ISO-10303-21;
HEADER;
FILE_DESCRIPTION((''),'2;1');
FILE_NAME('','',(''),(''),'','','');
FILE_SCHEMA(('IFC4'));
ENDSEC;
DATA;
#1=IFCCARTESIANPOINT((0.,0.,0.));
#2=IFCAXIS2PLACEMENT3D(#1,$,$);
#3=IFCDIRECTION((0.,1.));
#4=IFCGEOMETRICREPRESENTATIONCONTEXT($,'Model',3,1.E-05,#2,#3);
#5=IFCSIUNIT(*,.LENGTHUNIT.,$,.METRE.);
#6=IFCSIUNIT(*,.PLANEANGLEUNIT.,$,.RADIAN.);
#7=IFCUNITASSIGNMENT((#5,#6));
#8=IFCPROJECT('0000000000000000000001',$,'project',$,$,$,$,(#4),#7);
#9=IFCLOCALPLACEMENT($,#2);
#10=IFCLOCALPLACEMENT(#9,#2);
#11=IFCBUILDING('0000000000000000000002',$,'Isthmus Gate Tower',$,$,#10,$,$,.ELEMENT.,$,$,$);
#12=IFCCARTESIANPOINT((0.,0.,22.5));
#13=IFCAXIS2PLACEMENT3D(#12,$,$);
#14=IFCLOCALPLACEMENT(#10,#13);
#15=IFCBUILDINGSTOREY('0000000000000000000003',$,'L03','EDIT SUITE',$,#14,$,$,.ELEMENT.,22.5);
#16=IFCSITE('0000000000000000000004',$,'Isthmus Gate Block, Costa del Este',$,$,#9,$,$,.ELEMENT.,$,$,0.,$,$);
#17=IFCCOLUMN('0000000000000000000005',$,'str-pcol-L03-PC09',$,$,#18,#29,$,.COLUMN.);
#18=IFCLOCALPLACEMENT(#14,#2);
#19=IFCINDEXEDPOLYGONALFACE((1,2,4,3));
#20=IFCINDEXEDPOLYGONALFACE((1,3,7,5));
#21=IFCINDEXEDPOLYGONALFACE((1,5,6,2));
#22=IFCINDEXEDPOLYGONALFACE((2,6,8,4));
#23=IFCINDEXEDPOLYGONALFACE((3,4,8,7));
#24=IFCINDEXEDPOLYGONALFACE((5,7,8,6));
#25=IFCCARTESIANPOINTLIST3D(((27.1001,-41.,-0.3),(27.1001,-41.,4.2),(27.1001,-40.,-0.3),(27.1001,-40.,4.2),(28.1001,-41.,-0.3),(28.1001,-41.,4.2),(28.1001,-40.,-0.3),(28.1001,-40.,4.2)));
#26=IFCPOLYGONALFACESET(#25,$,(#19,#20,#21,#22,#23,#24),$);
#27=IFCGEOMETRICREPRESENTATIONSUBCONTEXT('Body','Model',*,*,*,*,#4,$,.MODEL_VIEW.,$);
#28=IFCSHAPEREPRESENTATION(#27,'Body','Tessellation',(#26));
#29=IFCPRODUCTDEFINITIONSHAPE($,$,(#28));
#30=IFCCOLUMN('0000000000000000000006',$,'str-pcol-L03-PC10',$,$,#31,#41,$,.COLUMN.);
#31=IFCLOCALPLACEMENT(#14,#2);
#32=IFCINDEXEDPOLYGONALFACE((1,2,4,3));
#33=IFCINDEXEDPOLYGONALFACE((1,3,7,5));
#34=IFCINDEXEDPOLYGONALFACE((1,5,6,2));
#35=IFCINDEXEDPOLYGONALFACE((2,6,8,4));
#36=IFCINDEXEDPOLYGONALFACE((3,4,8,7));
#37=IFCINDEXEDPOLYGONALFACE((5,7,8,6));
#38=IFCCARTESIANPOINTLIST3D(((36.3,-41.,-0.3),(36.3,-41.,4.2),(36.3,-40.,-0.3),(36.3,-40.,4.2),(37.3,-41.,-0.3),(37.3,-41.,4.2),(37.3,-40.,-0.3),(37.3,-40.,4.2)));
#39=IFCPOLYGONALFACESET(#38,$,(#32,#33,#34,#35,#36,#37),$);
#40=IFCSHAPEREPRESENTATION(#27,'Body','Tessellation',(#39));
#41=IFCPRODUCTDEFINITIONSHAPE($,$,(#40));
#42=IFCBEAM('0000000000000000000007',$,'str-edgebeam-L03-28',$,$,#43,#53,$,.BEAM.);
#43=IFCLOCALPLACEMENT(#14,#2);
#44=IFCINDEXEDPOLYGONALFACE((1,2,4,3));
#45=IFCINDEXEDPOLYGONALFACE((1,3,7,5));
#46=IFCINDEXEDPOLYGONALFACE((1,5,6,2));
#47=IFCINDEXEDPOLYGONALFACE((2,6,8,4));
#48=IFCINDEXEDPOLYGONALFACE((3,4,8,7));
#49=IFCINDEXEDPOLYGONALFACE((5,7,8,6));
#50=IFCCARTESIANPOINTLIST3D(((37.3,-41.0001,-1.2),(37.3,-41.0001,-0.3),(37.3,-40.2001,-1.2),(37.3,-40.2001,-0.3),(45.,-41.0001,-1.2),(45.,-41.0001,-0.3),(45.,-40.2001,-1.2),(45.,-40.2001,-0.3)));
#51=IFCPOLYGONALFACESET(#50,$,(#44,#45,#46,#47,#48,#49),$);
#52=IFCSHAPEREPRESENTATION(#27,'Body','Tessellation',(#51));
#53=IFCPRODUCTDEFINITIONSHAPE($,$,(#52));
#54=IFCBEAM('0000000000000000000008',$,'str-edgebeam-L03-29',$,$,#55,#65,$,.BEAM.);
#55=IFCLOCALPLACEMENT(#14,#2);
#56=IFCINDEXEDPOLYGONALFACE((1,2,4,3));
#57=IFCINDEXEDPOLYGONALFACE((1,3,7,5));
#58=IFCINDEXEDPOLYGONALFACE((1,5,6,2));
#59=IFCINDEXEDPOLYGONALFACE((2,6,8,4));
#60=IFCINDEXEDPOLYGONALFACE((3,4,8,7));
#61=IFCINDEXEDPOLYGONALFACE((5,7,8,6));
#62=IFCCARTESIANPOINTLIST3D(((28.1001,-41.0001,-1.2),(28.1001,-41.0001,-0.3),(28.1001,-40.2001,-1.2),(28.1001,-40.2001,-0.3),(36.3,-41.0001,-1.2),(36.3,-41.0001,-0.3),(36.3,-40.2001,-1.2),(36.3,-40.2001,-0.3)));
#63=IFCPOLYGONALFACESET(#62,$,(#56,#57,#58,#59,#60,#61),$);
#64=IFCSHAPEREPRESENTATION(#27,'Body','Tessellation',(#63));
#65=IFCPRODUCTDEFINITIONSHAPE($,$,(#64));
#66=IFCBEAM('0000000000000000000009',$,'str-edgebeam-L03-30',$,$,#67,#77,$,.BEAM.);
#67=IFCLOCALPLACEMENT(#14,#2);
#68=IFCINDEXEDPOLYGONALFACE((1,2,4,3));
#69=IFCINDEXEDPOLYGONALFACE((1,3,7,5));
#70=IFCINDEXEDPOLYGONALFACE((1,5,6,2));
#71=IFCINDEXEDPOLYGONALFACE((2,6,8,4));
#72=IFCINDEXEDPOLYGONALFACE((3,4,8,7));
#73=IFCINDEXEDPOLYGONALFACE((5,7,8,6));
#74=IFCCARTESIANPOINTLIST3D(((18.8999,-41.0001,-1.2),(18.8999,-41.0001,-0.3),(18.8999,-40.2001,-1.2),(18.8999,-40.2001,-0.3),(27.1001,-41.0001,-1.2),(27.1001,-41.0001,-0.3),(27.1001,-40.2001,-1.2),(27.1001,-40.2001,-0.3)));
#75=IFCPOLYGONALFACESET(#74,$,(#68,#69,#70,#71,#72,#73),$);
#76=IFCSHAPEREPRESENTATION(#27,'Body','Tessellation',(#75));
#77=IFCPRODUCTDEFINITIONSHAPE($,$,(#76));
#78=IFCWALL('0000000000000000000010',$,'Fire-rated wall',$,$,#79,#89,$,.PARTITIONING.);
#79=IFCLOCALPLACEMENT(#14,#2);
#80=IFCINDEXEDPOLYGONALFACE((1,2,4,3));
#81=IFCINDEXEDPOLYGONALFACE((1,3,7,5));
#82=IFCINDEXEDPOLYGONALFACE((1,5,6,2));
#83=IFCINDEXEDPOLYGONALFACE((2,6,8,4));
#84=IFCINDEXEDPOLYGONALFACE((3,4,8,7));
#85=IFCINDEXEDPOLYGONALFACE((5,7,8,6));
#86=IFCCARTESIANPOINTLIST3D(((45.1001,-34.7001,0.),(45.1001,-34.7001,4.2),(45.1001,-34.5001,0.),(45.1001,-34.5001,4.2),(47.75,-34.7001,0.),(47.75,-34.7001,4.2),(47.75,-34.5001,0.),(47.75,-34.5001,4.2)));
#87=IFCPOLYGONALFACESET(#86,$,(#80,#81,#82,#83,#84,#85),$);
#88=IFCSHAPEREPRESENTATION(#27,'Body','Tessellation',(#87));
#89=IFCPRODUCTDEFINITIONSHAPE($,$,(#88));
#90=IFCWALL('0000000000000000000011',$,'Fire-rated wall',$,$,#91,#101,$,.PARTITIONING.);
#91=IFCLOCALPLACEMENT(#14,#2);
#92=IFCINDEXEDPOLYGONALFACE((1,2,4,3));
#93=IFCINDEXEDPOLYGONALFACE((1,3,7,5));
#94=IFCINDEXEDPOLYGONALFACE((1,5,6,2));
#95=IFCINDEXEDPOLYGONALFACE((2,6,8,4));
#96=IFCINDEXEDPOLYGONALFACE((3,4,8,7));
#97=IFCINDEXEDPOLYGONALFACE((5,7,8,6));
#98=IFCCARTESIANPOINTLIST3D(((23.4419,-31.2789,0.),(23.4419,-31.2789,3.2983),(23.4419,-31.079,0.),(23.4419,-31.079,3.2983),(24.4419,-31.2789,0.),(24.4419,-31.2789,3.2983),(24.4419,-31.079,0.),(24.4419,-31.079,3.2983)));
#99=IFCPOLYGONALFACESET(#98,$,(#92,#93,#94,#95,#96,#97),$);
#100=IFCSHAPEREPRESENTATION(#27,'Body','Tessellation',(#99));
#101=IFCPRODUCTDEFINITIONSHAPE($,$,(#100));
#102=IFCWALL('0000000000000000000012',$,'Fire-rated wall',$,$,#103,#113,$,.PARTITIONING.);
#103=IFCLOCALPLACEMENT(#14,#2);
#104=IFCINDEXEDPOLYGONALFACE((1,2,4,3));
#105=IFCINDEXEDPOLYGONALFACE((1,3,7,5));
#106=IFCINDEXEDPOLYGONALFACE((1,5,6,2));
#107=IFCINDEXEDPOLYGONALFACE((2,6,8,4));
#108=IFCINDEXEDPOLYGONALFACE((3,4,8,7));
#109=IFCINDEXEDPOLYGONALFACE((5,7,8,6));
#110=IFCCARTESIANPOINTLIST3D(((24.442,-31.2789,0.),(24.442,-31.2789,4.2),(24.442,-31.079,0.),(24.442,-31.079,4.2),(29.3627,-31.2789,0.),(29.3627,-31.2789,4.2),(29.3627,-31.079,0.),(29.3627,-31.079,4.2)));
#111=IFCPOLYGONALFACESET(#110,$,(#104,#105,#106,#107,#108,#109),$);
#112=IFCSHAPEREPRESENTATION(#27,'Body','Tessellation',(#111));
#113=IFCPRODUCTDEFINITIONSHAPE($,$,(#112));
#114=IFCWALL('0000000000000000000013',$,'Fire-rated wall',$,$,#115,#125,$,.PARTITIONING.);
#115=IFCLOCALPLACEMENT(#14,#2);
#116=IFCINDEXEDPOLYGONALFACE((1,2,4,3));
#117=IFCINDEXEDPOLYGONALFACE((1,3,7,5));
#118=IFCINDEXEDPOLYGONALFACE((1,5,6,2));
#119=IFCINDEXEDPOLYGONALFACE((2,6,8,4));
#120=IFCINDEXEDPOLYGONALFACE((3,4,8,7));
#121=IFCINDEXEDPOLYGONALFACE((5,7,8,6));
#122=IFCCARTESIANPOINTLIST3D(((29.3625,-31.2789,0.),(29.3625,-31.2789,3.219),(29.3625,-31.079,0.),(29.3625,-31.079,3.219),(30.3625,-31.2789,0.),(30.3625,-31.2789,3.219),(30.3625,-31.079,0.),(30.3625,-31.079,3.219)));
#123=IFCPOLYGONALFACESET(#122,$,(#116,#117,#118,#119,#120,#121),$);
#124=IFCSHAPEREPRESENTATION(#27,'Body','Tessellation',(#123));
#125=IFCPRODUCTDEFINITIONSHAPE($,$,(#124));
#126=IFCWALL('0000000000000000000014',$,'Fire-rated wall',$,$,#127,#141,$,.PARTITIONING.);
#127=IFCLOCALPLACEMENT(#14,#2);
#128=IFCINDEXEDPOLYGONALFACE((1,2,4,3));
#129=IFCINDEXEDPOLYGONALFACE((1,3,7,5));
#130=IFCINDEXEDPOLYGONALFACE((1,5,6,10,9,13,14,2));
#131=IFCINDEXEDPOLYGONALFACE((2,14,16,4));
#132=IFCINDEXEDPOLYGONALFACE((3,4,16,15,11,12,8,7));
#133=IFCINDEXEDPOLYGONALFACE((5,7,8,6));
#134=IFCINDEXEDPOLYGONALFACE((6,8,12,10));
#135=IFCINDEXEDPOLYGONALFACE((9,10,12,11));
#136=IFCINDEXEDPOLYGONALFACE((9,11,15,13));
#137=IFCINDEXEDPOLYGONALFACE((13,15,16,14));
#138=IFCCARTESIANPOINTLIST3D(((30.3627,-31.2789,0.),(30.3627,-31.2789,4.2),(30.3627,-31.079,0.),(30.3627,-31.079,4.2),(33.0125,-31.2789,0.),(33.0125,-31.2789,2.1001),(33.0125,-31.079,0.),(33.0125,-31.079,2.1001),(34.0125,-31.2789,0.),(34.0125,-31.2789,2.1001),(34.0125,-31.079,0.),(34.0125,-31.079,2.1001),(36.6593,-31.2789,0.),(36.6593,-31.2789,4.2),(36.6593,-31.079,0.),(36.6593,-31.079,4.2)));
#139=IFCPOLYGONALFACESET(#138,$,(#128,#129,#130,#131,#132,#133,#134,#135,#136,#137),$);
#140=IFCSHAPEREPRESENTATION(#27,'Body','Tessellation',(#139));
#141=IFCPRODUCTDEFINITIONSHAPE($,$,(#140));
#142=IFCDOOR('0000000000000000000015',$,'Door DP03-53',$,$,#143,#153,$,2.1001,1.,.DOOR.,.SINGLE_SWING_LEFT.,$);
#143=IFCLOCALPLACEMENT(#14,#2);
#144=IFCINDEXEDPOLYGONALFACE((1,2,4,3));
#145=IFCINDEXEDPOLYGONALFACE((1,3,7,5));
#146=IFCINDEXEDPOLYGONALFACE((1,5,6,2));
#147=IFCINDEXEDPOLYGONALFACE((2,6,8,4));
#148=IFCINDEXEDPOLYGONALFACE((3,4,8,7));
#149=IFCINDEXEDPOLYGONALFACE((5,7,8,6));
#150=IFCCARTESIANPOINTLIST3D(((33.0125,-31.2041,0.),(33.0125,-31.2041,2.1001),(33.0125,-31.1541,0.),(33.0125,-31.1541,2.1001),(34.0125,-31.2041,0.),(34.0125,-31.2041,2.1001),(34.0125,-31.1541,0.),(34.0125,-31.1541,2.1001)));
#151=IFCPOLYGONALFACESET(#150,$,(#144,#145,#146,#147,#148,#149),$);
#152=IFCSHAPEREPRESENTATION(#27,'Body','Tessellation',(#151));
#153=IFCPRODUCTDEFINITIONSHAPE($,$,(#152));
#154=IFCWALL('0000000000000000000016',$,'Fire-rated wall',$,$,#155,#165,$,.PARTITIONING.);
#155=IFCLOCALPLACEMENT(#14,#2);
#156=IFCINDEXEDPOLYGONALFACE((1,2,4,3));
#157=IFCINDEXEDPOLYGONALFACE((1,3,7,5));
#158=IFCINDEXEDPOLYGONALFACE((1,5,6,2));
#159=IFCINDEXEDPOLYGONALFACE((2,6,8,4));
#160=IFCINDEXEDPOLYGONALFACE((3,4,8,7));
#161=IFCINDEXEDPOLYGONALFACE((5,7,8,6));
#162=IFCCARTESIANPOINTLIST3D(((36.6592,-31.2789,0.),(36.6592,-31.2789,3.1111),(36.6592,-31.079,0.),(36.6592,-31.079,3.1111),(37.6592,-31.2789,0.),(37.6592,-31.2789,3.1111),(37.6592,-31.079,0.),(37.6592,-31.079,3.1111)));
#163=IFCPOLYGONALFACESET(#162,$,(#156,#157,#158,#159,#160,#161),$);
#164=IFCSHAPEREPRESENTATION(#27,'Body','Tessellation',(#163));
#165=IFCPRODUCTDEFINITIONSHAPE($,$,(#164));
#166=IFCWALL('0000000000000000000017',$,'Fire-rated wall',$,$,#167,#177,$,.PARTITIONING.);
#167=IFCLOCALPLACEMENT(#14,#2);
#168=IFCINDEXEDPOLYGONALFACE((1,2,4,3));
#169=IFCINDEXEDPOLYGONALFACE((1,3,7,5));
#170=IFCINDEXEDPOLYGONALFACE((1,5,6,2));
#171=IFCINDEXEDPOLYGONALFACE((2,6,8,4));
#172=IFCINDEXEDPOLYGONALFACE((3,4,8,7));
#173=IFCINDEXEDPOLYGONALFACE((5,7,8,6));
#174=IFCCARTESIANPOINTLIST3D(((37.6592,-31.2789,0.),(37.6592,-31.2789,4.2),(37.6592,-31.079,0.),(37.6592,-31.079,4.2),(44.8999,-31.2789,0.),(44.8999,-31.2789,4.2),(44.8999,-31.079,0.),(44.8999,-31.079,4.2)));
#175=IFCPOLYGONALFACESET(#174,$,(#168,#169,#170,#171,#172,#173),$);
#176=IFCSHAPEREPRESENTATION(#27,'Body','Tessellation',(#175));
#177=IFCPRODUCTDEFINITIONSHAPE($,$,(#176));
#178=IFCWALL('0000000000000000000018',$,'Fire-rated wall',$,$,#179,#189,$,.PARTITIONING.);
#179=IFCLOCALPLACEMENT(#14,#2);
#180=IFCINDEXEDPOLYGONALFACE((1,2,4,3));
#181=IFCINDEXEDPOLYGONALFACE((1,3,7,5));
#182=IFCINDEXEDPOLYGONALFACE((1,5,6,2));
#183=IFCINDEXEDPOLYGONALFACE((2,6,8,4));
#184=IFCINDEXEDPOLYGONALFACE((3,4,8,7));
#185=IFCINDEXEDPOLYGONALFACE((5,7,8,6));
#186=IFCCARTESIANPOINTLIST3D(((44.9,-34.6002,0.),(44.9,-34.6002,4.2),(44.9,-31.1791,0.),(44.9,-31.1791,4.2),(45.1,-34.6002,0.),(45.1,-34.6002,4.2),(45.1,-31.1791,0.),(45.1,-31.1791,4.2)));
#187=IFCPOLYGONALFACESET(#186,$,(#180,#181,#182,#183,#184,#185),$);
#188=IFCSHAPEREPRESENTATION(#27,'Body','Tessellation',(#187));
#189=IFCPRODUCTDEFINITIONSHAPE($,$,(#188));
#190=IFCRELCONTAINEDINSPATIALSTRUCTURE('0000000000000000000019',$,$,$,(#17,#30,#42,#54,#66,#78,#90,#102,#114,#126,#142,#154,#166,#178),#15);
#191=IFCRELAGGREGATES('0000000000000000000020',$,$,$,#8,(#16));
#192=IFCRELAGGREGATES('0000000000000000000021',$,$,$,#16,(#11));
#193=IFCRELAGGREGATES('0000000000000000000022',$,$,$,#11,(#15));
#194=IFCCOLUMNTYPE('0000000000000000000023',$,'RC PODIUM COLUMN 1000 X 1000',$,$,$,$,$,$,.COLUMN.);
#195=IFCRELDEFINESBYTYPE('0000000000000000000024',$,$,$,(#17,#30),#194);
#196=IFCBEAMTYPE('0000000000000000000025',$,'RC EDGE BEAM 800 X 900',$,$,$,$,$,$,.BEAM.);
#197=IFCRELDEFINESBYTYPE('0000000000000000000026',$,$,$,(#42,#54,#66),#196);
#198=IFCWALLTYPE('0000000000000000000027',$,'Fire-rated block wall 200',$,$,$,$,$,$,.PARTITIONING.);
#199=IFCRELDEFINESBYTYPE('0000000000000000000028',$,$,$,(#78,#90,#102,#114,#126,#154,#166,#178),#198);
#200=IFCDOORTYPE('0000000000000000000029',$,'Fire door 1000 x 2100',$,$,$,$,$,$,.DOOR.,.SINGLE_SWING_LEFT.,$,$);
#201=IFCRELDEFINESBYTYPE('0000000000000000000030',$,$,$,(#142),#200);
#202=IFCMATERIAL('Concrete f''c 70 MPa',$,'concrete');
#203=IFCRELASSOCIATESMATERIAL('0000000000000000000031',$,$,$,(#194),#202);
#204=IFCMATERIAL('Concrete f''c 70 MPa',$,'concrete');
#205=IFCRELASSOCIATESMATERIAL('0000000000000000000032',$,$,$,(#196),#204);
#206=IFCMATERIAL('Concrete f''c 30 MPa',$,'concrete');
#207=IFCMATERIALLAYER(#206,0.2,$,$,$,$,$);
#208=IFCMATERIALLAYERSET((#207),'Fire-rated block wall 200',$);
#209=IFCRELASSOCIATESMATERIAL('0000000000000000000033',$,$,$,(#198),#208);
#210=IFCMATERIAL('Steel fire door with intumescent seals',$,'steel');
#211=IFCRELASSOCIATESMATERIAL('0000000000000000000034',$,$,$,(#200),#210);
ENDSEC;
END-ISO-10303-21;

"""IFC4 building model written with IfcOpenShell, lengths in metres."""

from ifc_helpers import new_model, si_unit, direction, frame, frame_2d, origin, origin_2d, place, context, subcontext, project, spatial, rectangle, extrude, material, layer, layer_set, material_profile, profile_set, type_object, element, fill, save


model = new_model("IFC4")

# Units and contexts
model_context = context("Model", 3, precision=1e-05, world=origin(), true_north=direction((0.0, 1.0)))
body_context = subcontext(model_context, "Body", "Model", "MODEL_VIEW")
ifc_project = project(units=[si_unit("LENGTHUNIT", "METRE"), si_unit("PLANEANGLEUNIT", "RADIAN")], contexts=[model_context])

# Site, building, storey
site_placement = place(None, origin())
site = spatial("IfcSite", under=ifc_project, at=site_placement, Name="Isthmus Gate Block, Costa del Este", CompositionType="ELEMENT", RefElevation=0.0)
building_placement = place(site_placement, origin())
building = spatial("IfcBuilding", under=site, at=building_placement, Name="Isthmus Gate Tower", CompositionType="ELEMENT")
storey_placement = place(building_placement, frame((0.0, 0.0, 22.5)))
storey = spatial("IfcBuildingStorey", under=building, at=storey_placement, Name="L03", Description="EDIT SUITE", CompositionType="ELEMENT", Elevation=22.5)

# Columns
ifc_material_1 = material(Name="Concrete f'c 70 MPa", Category="concrete")
ifc_material_profile_1 = material_profile(ifc_material_1, rectangle(XDim=1.0, YDim=1.0, at=origin_2d()), Name="RC 1000X1000")
ifc_profile_set_1 = profile_set([ifc_material_profile_1], Name="Concrete f'c 70 MPa")
column_type = type_object("IfcColumnType", Name="RC PODIUM COLUMN 1000 X 1000", PredefinedType="COLUMN", material=ifc_profile_set_1)
for number, where, z_axis, x_axis, name in (
    (1, (27.6001, -40.5, -0.3), (0.0, 0.0, 1.0), (1.0, 0.0, 0.0), "str-pcol-L03-PC09"),
    (2, (36.8, -40.5, -0.3), (0.0, 0.0, 1.0), (1.0, 0.0, 0.0), "str-pcol-L03-PC10"),
):
    element("IfcColumn", number, at=place(storey_placement, frame(where, z_axis=z_axis, x_axis=x_axis)), inside=storey, type_object=column_type, Name=name, PredefinedType="COLUMN", context=body_context, shape_type="SweptSolid", body=[
        extrude(rectangle(XDim=1.0, YDim=1.0, at=origin_2d()), origin(), (0.0, 0.0, 1.0), 4.5),
    ])

# Beams
ifc_material_2 = material(Name="Concrete f'c 70 MPa", Category="concrete")
ifc_material_profile_2 = material_profile(ifc_material_2, rectangle(XDim=0.8, YDim=0.8999, at=origin_2d()), Name="RC 800X900")
ifc_profile_set_2 = profile_set([ifc_material_profile_2], Name="Concrete f'c 70 MPa")
beam_type = type_object("IfcBeamType", Name="RC EDGE BEAM 800 X 900", PredefinedType="BEAM", material=ifc_profile_set_2)
beam_1_placement = place(storey_placement, frame((45.0, -40.6001, -0.75), z_axis=(-1.0, 0.0, 0.0), x_axis=(0.0, -1.0, 0.0)))
element("IfcBeam", 3, at=beam_1_placement, inside=storey, type_object=beam_type, Name="str-edgebeam-L03-28", PredefinedType="BEAM", context=body_context, shape_type="SweptSolid", body=[
    extrude(rectangle(XDim=0.8, YDim=0.8999, at=origin_2d()), origin(), (0.0, 0.0, 1.0), 7.7),
])
beam_2_placement = place(storey_placement, frame((36.3, -40.6001, -0.75), z_axis=(-1.0, 0.0, 0.0), x_axis=(0.0, -1.0, 0.0)))
element("IfcBeam", 4, at=beam_2_placement, inside=storey, type_object=beam_type, Name="str-edgebeam-L03-29", PredefinedType="BEAM", context=body_context, shape_type="SweptSolid", body=[
    extrude(rectangle(XDim=0.8, YDim=0.8999, at=origin_2d()), origin(), (0.0, 0.0, 1.0), 8.2),
])
beam_3_placement = place(storey_placement, frame((27.1001, -40.6001, -0.75), z_axis=(-1.0, 0.0, 0.0), x_axis=(0.0, -1.0, 0.0)))
element("IfcBeam", 5, at=beam_3_placement, inside=storey, type_object=beam_type, Name="str-edgebeam-L03-30", PredefinedType="BEAM", context=body_context, shape_type="SweptSolid", body=[
    extrude(rectangle(XDim=0.8, YDim=0.8999, at=origin_2d()), origin(), (0.0, 0.0, 1.0), 8.2002),
])

# Walls
ifc_material_3 = material(Name="Concrete f'c 30 MPa", Category="concrete")
ifc_layer_1 = layer(ifc_material_3, 0.2)
ifc_layer_set_1 = layer_set([ifc_layer_1], Name="Fire-rated block wall 200")
wall_type_1 = type_object("IfcWallType", Name="Fire-rated block wall 200", PredefinedType="PARTITIONING", material=ifc_layer_set_1)
wall_1_placement = place(storey_placement, frame((45.1001, -34.6001, 0.0), z_axis=(0.0, 0.0, 1.0), x_axis=(1.0, 0.0, 0.0)))
element("IfcWall", 6, at=wall_1_placement, inside=storey, type_object=wall_type_1, Name="Fire-rated wall", PredefinedType="PARTITIONING", context=body_context, shape_type="SweptSolid", body=[
    extrude(rectangle(XDim=2.6499, YDim=0.2, at=frame_2d((1.325, 0.0))), origin(), (0.0, 0.0, 1.0), 4.2),
])
wall_2_placement = place(storey_placement, frame((23.4419, -31.179, 0.0), z_axis=(0.0, 0.0, 1.0), x_axis=(1.0, 0.0, 0.0)))
element("IfcWall", 7, at=wall_2_placement, inside=storey, type_object=wall_type_1, Name="Fire-rated wall", PredefinedType="PARTITIONING", context=body_context, shape_type="SweptSolid", body=[
    extrude(rectangle(XDim=1.0, YDim=0.2, at=frame_2d((0.5, 0.0))), origin(), (0.0, 0.0, 1.0), 3.2983),
])
wall_3_placement = place(storey_placement, frame((24.4419, -31.179, 0.0), z_axis=(0.0, 0.0, 1.0), x_axis=(1.0, 0.0, 0.0)))
element("IfcWall", 8, at=wall_3_placement, inside=storey, type_object=wall_type_1, Name="Fire-rated wall", PredefinedType="PARTITIONING", context=body_context, shape_type="SweptSolid", body=[
    extrude(rectangle(XDim=4.9207, YDim=0.2, at=frame_2d((2.4604, 0.0))), origin(), (0.0, 0.0, 1.0), 4.2),
])
wall_4_placement = place(storey_placement, frame((29.3625, -31.179, 0.0), z_axis=(0.0, 0.0, 1.0), x_axis=(1.0, 0.0, 0.0)))
element("IfcWall", 9, at=wall_4_placement, inside=storey, type_object=wall_type_1, Name="Fire-rated wall", PredefinedType="PARTITIONING", context=body_context, shape_type="SweptSolid", body=[
    extrude(rectangle(XDim=1.0, YDim=0.2, at=frame_2d((0.5, 0.0))), origin(), (0.0, 0.0, 1.0), 3.219),
])

# Wall, opening, door
wall_5_placement = place(storey_placement, frame((30.3625, -31.179, 0.0), z_axis=(0.0, 0.0, 1.0), x_axis=(1.0, 0.0, 0.0)))
wall_5 = element("IfcWall", 10, at=wall_5_placement, inside=storey, type_object=wall_type_1, Name="Fire-rated wall", PredefinedType="PARTITIONING", context=body_context, shape_type="SweptSolid", body=[
    extrude(rectangle(XDim=6.2966, YDim=0.2, at=frame_2d((3.1484, 0.0))), origin(), (0.0, 0.0, 1.0), 4.2),
])
opening_1_placement = place(wall_5_placement, frame((2.6499, 0.0, 0.0)))
opening_1 = element("IfcOpeningElement", 11, at=opening_1_placement, cuts=wall_5, PredefinedType="OPENING", context=body_context, shape_type="SweptSolid", body=[
    extrude(rectangle(XDim=1.0, YDim=2.1001, at=frame_2d((0.5, 1.05))), frame((0.0, 0.1099, 0.0), z_axis=(0.0, -1.0, 0.0), x_axis=(1.0, 0.0, 0.0)), (0.0, 0.0, 1.0), 0.22),
])
ifc_material_4 = material(Name="Steel fire door with intumescent seals", Category="steel")
door_type_1 = type_object("IfcDoorType", Name="Fire door 1000 x 2100", OperationType="SINGLE_SWING_LEFT", PredefinedType="DOOR", material=ifc_material_4)
door_1_placement = place(opening_1_placement, origin())
door_1 = element("IfcDoor", 12, at=door_1_placement, inside=storey, type_object=door_type_1, Name="Door DP03-53", OperationType="SINGLE_SWING_LEFT", OverallHeight=2.1001, OverallWidth=1.0, PredefinedType="DOOR", context=body_context, shape_type="SweptSolid", body=[
    extrude(rectangle(XDim=1.0, YDim=2.1001, at=frame_2d((0.5, 1.05))), frame((0.0, 0.0249, 0.0), z_axis=(0.0, -1.0, 0.0), x_axis=(1.0, 0.0, 0.0)), (0.0, 0.0, 1.0), 0.05),
])
fill(opening_1, door_1)

# Walls
wall_6_placement = place(storey_placement, frame((36.6592, -31.179, 0.0), z_axis=(0.0, 0.0, 1.0), x_axis=(1.0, 0.0, 0.0)))
element("IfcWall", 13, at=wall_6_placement, inside=storey, type_object=wall_type_1, Name="Fire-rated wall", PredefinedType="PARTITIONING", context=body_context, shape_type="SweptSolid", body=[
    extrude(rectangle(XDim=1.0, YDim=0.2, at=frame_2d((0.5, 0.0))), origin(), (0.0, 0.0, 1.0), 3.1111),
])
wall_7_placement = place(storey_placement, frame((37.6592, -31.179, 0.0), z_axis=(0.0, 0.0, 1.0), x_axis=(1.0, 0.0, 0.0)))
element("IfcWall", 14, at=wall_7_placement, inside=storey, type_object=wall_type_1, Name="Fire-rated wall", PredefinedType="PARTITIONING", context=body_context, shape_type="SweptSolid", body=[
    extrude(rectangle(XDim=7.2407, YDim=0.2, at=frame_2d((3.6204, 0.0))), origin(), (0.0, 0.0, 1.0), 4.2),
])
wall_8_placement = place(storey_placement, frame((45.0, -34.6001, 0.0), z_axis=(0.0, 0.0, 1.0), x_axis=(0.0, 1.0, 0.0)))
element("IfcWall", 15, at=wall_8_placement, inside=storey, type_object=wall_type_1, Name="Fire-rated wall", PredefinedType="PARTITIONING", context=body_context, shape_type="SweptSolid", body=[
    extrude(rectangle(XDim=3.4211, YDim=0.2, at=frame_2d((1.7104, 0.0))), origin(), (0.0, 0.0, 1.0), 4.2),
])

save(model, "model.ifc")
